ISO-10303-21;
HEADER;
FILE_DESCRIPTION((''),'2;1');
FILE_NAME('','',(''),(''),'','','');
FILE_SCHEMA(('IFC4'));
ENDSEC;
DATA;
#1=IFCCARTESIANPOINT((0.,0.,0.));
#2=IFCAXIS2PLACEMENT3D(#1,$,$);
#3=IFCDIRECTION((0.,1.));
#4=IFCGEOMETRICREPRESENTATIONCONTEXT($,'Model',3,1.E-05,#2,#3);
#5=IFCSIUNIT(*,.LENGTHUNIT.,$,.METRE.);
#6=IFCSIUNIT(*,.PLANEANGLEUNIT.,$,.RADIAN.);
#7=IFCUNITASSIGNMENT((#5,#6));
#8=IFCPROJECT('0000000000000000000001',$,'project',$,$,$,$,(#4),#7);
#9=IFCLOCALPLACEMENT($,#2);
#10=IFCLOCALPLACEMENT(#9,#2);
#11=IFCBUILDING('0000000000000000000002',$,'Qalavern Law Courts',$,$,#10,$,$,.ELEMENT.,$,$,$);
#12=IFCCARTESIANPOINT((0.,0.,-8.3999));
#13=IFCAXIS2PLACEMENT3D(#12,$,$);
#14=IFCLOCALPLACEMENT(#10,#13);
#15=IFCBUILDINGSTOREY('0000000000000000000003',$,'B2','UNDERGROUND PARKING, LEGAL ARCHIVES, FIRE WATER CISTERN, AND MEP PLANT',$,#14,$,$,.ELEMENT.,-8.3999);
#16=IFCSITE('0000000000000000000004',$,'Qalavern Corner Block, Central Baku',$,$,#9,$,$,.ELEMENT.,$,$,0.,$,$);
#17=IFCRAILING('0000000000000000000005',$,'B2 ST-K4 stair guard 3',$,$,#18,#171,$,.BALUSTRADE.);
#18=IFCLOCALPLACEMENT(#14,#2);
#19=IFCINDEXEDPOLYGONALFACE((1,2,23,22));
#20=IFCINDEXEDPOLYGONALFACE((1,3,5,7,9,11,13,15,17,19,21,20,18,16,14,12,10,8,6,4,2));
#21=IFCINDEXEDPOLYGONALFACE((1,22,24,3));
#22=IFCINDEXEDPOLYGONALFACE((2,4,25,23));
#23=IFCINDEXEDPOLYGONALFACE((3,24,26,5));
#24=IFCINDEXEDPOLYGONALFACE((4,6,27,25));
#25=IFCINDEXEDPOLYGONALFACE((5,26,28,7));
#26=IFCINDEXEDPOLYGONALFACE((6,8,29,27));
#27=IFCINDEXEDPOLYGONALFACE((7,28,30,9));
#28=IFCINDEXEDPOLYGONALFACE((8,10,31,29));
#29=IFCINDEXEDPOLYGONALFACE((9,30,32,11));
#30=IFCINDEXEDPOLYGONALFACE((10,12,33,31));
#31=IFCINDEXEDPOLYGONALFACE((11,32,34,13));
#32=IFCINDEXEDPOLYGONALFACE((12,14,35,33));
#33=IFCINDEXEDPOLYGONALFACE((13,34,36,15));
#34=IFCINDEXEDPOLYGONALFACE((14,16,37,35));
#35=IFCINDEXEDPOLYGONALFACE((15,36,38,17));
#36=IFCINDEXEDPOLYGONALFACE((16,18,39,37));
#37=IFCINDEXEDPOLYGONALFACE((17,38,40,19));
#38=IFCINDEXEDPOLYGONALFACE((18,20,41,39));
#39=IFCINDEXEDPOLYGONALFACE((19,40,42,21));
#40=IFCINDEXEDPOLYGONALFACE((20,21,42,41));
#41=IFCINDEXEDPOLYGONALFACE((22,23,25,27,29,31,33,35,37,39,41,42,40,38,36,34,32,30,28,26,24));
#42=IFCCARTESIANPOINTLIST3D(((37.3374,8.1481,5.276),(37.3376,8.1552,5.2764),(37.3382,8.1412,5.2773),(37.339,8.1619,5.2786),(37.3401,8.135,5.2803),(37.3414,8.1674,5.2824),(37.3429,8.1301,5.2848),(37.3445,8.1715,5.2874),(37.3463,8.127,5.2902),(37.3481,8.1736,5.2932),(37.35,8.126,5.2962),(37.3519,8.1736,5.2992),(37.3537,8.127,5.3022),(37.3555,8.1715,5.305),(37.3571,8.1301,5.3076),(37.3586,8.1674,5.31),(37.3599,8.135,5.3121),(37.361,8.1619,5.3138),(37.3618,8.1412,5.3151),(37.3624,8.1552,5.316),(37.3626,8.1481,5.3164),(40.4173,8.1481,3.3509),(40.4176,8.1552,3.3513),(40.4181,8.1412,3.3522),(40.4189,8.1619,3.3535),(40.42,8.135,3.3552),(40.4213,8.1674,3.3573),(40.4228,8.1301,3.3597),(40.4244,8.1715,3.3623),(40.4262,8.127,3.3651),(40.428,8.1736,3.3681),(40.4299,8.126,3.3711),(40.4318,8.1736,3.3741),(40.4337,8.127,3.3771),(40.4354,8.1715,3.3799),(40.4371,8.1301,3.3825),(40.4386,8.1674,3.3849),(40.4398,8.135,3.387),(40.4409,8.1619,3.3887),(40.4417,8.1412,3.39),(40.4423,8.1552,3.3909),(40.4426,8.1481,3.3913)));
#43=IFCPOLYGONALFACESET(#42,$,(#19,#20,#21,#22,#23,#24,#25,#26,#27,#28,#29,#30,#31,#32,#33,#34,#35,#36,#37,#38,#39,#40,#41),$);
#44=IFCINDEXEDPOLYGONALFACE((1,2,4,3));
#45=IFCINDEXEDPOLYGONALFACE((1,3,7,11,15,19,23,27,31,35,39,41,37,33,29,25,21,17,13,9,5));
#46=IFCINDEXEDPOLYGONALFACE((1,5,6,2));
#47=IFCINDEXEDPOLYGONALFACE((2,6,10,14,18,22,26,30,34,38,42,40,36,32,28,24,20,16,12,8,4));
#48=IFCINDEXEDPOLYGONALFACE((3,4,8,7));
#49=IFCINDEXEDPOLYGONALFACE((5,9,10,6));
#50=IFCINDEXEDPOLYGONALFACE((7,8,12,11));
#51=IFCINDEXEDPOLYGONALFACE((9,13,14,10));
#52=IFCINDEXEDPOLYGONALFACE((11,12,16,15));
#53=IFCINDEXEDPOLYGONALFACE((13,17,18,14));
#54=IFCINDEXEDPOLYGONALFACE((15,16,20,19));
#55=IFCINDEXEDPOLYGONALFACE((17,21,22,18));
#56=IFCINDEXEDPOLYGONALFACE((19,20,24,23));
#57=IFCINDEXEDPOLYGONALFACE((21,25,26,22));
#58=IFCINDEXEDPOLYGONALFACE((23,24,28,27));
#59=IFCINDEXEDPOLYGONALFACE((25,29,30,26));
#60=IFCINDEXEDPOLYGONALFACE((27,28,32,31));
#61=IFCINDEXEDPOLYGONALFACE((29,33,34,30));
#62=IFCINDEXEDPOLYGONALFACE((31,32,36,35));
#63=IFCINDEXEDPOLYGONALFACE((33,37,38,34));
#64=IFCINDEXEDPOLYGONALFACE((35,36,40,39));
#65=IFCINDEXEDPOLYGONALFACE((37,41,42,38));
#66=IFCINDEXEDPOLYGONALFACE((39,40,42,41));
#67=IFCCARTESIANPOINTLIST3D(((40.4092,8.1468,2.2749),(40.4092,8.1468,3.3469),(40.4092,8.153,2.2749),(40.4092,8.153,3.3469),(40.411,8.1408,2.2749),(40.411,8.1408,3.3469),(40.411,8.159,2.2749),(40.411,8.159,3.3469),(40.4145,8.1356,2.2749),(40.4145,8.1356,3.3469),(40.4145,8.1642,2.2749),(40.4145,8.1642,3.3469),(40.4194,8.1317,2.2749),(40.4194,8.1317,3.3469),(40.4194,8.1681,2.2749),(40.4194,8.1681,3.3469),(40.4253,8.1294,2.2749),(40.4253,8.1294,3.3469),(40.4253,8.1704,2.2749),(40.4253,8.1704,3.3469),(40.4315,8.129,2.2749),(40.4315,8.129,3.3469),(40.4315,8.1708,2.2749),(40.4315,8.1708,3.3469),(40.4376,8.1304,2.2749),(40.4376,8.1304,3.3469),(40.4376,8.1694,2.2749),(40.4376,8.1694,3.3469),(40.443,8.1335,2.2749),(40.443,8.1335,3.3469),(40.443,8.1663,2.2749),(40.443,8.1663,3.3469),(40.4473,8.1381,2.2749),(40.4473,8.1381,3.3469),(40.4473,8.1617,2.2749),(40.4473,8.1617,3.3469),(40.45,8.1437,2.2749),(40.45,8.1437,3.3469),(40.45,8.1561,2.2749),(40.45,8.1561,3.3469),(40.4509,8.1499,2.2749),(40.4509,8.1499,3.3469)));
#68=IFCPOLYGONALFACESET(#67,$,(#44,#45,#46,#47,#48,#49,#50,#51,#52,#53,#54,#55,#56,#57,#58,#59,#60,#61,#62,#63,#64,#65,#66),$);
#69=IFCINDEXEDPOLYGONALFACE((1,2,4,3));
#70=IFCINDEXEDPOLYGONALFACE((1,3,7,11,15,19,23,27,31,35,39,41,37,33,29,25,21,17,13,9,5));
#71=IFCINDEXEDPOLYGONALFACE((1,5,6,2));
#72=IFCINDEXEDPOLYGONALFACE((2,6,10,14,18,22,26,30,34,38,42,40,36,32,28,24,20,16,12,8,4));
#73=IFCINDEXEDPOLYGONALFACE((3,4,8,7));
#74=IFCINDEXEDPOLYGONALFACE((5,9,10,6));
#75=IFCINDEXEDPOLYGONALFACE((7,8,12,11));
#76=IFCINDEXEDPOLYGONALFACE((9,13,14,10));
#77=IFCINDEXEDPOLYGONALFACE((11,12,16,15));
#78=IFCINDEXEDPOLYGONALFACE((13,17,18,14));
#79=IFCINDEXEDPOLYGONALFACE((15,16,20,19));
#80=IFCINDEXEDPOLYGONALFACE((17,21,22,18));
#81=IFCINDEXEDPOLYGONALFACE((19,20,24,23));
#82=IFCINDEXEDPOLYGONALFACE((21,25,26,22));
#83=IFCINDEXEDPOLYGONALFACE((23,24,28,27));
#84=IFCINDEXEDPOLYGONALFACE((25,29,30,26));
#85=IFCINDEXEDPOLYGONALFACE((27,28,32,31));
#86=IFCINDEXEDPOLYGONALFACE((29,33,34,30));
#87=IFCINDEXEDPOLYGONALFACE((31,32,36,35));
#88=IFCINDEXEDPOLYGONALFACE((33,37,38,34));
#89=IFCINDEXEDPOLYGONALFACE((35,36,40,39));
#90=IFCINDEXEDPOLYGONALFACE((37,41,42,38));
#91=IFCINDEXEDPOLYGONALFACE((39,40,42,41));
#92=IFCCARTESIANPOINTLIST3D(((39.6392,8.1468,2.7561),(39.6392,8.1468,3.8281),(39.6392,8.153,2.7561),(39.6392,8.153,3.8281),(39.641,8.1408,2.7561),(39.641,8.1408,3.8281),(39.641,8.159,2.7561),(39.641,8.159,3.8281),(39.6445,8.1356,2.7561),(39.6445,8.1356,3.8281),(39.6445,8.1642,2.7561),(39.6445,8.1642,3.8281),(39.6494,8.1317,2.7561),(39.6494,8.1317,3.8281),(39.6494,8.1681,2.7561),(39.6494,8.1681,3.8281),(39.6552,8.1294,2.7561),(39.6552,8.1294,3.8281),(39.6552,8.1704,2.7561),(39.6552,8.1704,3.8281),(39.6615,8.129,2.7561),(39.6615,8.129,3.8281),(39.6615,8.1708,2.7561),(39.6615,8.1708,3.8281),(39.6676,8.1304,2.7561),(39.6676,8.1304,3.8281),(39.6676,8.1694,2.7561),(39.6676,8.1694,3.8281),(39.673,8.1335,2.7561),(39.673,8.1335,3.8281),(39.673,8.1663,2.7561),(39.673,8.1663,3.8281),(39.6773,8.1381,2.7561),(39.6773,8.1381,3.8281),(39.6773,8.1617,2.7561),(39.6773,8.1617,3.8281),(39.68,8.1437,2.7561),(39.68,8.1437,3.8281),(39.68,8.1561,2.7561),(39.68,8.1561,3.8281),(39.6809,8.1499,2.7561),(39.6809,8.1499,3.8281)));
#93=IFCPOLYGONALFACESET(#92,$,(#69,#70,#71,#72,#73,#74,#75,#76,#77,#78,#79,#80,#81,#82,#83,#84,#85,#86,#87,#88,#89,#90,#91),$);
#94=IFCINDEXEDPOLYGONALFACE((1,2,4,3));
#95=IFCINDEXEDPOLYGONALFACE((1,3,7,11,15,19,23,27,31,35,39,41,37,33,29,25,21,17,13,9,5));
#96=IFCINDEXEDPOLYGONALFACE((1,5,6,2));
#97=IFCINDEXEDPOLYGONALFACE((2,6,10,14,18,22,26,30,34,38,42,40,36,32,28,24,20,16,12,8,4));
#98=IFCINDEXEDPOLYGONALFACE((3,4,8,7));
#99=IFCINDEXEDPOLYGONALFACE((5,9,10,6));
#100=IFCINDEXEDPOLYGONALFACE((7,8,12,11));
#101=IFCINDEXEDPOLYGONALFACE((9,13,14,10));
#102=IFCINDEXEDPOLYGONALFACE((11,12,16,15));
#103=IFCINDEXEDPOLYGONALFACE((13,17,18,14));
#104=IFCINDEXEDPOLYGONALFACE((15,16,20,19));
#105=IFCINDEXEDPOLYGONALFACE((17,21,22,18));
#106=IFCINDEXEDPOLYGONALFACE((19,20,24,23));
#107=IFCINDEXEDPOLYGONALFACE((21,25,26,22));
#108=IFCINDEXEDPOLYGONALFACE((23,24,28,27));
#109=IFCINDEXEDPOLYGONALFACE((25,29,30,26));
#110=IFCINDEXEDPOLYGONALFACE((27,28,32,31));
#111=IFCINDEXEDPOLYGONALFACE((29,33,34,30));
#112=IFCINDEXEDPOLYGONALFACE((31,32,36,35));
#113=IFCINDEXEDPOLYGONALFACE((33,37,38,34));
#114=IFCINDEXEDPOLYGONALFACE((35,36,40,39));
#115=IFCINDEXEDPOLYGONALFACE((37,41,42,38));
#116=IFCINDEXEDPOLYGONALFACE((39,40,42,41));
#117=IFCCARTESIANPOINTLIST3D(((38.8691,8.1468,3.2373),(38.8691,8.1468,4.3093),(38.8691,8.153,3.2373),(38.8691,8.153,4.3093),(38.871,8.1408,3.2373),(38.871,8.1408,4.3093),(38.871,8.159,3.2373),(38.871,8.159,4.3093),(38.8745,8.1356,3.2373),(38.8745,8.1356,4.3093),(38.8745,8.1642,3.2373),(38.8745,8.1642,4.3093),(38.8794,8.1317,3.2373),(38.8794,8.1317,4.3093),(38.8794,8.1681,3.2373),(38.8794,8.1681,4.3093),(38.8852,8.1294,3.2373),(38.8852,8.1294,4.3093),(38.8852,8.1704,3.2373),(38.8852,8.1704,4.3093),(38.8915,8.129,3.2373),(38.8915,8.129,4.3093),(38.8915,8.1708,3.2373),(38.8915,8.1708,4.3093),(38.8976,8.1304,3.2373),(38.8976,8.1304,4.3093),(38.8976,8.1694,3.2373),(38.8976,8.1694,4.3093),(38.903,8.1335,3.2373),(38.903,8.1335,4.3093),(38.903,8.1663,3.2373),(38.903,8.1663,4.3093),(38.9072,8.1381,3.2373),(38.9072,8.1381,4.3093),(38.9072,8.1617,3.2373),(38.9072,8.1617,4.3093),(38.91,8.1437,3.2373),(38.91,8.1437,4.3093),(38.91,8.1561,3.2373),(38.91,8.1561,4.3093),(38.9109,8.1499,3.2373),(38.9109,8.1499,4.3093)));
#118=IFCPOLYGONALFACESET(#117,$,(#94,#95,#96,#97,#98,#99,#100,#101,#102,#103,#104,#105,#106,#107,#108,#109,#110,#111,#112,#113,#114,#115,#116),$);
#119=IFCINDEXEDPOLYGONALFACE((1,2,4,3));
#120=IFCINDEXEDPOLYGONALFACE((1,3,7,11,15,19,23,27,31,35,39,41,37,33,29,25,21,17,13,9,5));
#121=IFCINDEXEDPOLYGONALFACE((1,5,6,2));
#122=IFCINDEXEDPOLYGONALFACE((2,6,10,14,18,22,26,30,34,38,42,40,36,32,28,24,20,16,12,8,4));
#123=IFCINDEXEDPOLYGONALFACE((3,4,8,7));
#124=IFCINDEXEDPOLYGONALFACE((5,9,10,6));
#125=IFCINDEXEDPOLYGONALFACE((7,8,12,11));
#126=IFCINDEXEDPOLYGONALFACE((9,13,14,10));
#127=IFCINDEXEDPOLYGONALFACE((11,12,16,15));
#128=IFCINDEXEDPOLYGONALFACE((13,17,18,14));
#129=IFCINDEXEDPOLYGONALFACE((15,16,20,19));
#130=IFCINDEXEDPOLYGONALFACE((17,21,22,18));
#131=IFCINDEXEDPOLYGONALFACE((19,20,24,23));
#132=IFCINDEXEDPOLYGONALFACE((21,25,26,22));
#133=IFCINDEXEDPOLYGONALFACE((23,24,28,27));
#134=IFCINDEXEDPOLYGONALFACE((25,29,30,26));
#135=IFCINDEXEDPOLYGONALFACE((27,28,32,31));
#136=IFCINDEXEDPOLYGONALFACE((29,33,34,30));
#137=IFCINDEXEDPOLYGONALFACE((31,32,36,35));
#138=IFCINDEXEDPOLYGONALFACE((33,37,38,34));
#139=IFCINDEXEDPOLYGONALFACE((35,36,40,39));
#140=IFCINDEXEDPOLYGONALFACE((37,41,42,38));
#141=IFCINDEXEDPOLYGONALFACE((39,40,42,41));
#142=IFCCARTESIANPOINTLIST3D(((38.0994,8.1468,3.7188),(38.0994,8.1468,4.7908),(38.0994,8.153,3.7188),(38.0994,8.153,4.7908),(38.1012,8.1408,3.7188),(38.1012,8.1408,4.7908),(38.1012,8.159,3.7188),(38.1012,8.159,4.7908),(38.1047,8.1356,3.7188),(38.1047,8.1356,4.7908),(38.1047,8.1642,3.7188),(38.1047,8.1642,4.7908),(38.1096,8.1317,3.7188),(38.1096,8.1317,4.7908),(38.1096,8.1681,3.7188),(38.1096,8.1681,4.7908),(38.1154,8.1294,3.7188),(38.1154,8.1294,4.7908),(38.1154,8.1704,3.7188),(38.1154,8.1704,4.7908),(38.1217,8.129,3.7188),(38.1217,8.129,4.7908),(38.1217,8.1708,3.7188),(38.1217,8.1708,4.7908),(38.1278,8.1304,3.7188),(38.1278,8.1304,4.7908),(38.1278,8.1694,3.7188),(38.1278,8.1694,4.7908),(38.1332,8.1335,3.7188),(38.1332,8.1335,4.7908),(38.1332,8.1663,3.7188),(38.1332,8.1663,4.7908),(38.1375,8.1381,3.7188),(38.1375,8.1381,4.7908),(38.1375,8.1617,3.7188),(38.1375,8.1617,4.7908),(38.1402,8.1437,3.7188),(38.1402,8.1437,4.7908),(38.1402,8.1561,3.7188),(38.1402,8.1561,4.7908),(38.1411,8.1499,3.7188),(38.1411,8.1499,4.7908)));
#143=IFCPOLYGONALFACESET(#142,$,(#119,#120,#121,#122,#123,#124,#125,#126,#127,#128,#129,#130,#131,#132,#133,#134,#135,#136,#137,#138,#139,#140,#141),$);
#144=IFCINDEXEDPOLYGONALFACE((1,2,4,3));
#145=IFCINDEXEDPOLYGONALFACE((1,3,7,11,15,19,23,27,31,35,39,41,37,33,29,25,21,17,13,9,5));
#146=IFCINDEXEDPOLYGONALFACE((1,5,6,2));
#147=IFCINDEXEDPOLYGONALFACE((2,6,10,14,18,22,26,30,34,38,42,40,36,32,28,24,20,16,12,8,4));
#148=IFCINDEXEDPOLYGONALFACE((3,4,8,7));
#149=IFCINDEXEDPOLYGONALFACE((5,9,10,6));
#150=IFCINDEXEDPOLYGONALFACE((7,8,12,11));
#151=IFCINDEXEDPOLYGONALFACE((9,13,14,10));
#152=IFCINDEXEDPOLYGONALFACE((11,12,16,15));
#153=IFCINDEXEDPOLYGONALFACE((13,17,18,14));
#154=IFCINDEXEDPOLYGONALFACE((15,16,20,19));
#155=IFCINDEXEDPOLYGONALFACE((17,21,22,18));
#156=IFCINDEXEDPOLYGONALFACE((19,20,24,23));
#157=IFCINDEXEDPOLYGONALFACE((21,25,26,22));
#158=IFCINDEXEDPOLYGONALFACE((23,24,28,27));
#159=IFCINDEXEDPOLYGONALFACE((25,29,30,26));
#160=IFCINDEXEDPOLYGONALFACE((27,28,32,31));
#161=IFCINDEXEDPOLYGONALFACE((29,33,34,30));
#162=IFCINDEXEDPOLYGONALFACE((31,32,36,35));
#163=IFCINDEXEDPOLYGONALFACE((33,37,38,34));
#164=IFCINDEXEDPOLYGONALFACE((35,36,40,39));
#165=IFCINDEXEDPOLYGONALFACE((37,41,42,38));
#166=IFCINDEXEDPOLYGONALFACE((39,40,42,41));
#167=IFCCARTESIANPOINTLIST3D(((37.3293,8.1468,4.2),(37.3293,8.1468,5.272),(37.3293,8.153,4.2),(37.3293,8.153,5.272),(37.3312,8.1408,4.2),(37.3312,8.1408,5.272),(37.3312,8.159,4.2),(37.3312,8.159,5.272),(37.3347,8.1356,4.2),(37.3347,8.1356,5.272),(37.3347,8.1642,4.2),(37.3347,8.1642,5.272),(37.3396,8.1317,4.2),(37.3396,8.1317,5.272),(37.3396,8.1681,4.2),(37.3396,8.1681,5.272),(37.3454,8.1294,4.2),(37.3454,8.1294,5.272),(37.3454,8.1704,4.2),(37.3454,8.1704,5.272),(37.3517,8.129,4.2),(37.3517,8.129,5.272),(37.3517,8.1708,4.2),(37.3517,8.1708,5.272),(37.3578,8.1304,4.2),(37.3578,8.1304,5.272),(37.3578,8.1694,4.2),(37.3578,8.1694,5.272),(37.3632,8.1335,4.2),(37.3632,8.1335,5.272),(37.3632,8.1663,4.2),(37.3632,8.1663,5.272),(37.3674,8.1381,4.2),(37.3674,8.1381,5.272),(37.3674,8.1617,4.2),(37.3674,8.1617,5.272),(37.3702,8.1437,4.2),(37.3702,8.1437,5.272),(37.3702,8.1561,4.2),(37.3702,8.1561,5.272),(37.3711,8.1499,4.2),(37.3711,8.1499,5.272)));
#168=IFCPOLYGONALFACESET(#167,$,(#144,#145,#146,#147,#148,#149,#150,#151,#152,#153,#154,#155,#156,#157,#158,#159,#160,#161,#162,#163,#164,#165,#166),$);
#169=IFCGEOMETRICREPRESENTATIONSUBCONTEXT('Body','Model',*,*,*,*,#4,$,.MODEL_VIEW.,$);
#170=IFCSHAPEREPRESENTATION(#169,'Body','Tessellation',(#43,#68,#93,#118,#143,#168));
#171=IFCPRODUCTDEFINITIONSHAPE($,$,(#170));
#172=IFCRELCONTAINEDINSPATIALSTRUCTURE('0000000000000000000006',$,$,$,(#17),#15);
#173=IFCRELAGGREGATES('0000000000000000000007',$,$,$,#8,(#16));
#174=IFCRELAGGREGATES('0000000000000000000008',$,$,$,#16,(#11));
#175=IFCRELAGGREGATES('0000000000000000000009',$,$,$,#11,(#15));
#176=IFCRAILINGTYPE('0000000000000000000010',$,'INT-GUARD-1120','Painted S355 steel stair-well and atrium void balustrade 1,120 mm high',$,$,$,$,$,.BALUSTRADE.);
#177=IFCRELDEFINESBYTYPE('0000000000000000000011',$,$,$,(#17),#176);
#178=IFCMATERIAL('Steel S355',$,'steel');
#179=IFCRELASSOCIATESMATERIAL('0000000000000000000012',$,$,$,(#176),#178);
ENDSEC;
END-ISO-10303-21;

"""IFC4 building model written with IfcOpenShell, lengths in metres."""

from ifc_helpers import new_model, si_unit, direction, frame, origin, origin_2d, place, context, subcontext, project, spatial, circle, extrude, material, type_object, element, save


model = new_model("IFC4")

# Units and contexts
model_context = context("Model", 3, precision=1e-05, world=origin(), true_north=direction((0.0, 1.0)))
body_context = subcontext(model_context, "Body", "Model", "MODEL_VIEW")
ifc_project = project(units=[si_unit("LENGTHUNIT", "METRE"), si_unit("PLANEANGLEUNIT", "RADIAN")], contexts=[model_context])

# Site, building, storey
site_placement = place(None, origin())
site = spatial("IfcSite", under=ifc_project, at=site_placement, Name="Qalavern Corner Block, Central Baku", CompositionType="ELEMENT", RefElevation=0.0)
building_placement = place(site_placement, origin())
building = spatial("IfcBuilding", under=site, at=building_placement, Name="Qalavern Law Courts", CompositionType="ELEMENT")
storey_placement = place(building_placement, frame((0.0, 0.0, -8.3999)))
storey = spatial("IfcBuildingStorey", under=building, at=storey_placement, Name="B2", Description="UNDERGROUND PARKING, LEGAL ARCHIVES, FIRE WATER CISTERN, AND MEP PLANT", CompositionType="ELEMENT", Elevation=-8.3999)

# Railing
ifc_material_1 = material(Name="Steel S355", Category="steel")
railing_type_1 = type_object("IfcRailingType", Name="INT-GUARD-1120", Description="Painted S355 steel stair-well and atrium void balustrade 1,120 mm high", PredefinedType="BALUSTRADE", material=ifc_material_1)
railing_1_placement = place(storey_placement, frame((40.4299, 8.1499, 2.2749)))
element("IfcRailing", 1, at=railing_1_placement, inside=storey, type_object=railing_type_1, Name="B2 ST-K4 stair guard 3", PredefinedType="BALUSTRADE", context=body_context, shape_type="SweptSolid", body=[
    extrude(circle(Radius=0.0239, at=origin_2d()), frame((0.0, 0.0, 1.0962), z_axis=(-0.847979, 0.0, 0.530029), x_axis=(0.0, -1.0, 0.0)), (0.0, 0.0, 1.0), 3.6321),
    extrude(circle(Radius=0.021, at=origin_2d()), origin(), (0.0, 0.0, 1.0), 1.072),
    extrude(circle(Radius=0.021, at=origin_2d()), frame((-0.77, 0.0, 0.4812)), (0.0, 0.0, 1.0), 1.072),
    extrude(circle(Radius=0.021, at=origin_2d()), frame((-1.54, 0.0, 0.9624)), (0.0, 0.0, 1.0), 1.072),
    extrude(circle(Radius=0.021, at=origin_2d()), frame((-2.3098, 0.0, 1.4438)), (0.0, 0.0, 1.0), 1.072),
    extrude(circle(Radius=0.021, at=origin_2d()), frame((-3.0798, 0.0, 1.925)), (0.0, 0.0, 1.0), 1.072),
])

save(model, "model.ifc")
